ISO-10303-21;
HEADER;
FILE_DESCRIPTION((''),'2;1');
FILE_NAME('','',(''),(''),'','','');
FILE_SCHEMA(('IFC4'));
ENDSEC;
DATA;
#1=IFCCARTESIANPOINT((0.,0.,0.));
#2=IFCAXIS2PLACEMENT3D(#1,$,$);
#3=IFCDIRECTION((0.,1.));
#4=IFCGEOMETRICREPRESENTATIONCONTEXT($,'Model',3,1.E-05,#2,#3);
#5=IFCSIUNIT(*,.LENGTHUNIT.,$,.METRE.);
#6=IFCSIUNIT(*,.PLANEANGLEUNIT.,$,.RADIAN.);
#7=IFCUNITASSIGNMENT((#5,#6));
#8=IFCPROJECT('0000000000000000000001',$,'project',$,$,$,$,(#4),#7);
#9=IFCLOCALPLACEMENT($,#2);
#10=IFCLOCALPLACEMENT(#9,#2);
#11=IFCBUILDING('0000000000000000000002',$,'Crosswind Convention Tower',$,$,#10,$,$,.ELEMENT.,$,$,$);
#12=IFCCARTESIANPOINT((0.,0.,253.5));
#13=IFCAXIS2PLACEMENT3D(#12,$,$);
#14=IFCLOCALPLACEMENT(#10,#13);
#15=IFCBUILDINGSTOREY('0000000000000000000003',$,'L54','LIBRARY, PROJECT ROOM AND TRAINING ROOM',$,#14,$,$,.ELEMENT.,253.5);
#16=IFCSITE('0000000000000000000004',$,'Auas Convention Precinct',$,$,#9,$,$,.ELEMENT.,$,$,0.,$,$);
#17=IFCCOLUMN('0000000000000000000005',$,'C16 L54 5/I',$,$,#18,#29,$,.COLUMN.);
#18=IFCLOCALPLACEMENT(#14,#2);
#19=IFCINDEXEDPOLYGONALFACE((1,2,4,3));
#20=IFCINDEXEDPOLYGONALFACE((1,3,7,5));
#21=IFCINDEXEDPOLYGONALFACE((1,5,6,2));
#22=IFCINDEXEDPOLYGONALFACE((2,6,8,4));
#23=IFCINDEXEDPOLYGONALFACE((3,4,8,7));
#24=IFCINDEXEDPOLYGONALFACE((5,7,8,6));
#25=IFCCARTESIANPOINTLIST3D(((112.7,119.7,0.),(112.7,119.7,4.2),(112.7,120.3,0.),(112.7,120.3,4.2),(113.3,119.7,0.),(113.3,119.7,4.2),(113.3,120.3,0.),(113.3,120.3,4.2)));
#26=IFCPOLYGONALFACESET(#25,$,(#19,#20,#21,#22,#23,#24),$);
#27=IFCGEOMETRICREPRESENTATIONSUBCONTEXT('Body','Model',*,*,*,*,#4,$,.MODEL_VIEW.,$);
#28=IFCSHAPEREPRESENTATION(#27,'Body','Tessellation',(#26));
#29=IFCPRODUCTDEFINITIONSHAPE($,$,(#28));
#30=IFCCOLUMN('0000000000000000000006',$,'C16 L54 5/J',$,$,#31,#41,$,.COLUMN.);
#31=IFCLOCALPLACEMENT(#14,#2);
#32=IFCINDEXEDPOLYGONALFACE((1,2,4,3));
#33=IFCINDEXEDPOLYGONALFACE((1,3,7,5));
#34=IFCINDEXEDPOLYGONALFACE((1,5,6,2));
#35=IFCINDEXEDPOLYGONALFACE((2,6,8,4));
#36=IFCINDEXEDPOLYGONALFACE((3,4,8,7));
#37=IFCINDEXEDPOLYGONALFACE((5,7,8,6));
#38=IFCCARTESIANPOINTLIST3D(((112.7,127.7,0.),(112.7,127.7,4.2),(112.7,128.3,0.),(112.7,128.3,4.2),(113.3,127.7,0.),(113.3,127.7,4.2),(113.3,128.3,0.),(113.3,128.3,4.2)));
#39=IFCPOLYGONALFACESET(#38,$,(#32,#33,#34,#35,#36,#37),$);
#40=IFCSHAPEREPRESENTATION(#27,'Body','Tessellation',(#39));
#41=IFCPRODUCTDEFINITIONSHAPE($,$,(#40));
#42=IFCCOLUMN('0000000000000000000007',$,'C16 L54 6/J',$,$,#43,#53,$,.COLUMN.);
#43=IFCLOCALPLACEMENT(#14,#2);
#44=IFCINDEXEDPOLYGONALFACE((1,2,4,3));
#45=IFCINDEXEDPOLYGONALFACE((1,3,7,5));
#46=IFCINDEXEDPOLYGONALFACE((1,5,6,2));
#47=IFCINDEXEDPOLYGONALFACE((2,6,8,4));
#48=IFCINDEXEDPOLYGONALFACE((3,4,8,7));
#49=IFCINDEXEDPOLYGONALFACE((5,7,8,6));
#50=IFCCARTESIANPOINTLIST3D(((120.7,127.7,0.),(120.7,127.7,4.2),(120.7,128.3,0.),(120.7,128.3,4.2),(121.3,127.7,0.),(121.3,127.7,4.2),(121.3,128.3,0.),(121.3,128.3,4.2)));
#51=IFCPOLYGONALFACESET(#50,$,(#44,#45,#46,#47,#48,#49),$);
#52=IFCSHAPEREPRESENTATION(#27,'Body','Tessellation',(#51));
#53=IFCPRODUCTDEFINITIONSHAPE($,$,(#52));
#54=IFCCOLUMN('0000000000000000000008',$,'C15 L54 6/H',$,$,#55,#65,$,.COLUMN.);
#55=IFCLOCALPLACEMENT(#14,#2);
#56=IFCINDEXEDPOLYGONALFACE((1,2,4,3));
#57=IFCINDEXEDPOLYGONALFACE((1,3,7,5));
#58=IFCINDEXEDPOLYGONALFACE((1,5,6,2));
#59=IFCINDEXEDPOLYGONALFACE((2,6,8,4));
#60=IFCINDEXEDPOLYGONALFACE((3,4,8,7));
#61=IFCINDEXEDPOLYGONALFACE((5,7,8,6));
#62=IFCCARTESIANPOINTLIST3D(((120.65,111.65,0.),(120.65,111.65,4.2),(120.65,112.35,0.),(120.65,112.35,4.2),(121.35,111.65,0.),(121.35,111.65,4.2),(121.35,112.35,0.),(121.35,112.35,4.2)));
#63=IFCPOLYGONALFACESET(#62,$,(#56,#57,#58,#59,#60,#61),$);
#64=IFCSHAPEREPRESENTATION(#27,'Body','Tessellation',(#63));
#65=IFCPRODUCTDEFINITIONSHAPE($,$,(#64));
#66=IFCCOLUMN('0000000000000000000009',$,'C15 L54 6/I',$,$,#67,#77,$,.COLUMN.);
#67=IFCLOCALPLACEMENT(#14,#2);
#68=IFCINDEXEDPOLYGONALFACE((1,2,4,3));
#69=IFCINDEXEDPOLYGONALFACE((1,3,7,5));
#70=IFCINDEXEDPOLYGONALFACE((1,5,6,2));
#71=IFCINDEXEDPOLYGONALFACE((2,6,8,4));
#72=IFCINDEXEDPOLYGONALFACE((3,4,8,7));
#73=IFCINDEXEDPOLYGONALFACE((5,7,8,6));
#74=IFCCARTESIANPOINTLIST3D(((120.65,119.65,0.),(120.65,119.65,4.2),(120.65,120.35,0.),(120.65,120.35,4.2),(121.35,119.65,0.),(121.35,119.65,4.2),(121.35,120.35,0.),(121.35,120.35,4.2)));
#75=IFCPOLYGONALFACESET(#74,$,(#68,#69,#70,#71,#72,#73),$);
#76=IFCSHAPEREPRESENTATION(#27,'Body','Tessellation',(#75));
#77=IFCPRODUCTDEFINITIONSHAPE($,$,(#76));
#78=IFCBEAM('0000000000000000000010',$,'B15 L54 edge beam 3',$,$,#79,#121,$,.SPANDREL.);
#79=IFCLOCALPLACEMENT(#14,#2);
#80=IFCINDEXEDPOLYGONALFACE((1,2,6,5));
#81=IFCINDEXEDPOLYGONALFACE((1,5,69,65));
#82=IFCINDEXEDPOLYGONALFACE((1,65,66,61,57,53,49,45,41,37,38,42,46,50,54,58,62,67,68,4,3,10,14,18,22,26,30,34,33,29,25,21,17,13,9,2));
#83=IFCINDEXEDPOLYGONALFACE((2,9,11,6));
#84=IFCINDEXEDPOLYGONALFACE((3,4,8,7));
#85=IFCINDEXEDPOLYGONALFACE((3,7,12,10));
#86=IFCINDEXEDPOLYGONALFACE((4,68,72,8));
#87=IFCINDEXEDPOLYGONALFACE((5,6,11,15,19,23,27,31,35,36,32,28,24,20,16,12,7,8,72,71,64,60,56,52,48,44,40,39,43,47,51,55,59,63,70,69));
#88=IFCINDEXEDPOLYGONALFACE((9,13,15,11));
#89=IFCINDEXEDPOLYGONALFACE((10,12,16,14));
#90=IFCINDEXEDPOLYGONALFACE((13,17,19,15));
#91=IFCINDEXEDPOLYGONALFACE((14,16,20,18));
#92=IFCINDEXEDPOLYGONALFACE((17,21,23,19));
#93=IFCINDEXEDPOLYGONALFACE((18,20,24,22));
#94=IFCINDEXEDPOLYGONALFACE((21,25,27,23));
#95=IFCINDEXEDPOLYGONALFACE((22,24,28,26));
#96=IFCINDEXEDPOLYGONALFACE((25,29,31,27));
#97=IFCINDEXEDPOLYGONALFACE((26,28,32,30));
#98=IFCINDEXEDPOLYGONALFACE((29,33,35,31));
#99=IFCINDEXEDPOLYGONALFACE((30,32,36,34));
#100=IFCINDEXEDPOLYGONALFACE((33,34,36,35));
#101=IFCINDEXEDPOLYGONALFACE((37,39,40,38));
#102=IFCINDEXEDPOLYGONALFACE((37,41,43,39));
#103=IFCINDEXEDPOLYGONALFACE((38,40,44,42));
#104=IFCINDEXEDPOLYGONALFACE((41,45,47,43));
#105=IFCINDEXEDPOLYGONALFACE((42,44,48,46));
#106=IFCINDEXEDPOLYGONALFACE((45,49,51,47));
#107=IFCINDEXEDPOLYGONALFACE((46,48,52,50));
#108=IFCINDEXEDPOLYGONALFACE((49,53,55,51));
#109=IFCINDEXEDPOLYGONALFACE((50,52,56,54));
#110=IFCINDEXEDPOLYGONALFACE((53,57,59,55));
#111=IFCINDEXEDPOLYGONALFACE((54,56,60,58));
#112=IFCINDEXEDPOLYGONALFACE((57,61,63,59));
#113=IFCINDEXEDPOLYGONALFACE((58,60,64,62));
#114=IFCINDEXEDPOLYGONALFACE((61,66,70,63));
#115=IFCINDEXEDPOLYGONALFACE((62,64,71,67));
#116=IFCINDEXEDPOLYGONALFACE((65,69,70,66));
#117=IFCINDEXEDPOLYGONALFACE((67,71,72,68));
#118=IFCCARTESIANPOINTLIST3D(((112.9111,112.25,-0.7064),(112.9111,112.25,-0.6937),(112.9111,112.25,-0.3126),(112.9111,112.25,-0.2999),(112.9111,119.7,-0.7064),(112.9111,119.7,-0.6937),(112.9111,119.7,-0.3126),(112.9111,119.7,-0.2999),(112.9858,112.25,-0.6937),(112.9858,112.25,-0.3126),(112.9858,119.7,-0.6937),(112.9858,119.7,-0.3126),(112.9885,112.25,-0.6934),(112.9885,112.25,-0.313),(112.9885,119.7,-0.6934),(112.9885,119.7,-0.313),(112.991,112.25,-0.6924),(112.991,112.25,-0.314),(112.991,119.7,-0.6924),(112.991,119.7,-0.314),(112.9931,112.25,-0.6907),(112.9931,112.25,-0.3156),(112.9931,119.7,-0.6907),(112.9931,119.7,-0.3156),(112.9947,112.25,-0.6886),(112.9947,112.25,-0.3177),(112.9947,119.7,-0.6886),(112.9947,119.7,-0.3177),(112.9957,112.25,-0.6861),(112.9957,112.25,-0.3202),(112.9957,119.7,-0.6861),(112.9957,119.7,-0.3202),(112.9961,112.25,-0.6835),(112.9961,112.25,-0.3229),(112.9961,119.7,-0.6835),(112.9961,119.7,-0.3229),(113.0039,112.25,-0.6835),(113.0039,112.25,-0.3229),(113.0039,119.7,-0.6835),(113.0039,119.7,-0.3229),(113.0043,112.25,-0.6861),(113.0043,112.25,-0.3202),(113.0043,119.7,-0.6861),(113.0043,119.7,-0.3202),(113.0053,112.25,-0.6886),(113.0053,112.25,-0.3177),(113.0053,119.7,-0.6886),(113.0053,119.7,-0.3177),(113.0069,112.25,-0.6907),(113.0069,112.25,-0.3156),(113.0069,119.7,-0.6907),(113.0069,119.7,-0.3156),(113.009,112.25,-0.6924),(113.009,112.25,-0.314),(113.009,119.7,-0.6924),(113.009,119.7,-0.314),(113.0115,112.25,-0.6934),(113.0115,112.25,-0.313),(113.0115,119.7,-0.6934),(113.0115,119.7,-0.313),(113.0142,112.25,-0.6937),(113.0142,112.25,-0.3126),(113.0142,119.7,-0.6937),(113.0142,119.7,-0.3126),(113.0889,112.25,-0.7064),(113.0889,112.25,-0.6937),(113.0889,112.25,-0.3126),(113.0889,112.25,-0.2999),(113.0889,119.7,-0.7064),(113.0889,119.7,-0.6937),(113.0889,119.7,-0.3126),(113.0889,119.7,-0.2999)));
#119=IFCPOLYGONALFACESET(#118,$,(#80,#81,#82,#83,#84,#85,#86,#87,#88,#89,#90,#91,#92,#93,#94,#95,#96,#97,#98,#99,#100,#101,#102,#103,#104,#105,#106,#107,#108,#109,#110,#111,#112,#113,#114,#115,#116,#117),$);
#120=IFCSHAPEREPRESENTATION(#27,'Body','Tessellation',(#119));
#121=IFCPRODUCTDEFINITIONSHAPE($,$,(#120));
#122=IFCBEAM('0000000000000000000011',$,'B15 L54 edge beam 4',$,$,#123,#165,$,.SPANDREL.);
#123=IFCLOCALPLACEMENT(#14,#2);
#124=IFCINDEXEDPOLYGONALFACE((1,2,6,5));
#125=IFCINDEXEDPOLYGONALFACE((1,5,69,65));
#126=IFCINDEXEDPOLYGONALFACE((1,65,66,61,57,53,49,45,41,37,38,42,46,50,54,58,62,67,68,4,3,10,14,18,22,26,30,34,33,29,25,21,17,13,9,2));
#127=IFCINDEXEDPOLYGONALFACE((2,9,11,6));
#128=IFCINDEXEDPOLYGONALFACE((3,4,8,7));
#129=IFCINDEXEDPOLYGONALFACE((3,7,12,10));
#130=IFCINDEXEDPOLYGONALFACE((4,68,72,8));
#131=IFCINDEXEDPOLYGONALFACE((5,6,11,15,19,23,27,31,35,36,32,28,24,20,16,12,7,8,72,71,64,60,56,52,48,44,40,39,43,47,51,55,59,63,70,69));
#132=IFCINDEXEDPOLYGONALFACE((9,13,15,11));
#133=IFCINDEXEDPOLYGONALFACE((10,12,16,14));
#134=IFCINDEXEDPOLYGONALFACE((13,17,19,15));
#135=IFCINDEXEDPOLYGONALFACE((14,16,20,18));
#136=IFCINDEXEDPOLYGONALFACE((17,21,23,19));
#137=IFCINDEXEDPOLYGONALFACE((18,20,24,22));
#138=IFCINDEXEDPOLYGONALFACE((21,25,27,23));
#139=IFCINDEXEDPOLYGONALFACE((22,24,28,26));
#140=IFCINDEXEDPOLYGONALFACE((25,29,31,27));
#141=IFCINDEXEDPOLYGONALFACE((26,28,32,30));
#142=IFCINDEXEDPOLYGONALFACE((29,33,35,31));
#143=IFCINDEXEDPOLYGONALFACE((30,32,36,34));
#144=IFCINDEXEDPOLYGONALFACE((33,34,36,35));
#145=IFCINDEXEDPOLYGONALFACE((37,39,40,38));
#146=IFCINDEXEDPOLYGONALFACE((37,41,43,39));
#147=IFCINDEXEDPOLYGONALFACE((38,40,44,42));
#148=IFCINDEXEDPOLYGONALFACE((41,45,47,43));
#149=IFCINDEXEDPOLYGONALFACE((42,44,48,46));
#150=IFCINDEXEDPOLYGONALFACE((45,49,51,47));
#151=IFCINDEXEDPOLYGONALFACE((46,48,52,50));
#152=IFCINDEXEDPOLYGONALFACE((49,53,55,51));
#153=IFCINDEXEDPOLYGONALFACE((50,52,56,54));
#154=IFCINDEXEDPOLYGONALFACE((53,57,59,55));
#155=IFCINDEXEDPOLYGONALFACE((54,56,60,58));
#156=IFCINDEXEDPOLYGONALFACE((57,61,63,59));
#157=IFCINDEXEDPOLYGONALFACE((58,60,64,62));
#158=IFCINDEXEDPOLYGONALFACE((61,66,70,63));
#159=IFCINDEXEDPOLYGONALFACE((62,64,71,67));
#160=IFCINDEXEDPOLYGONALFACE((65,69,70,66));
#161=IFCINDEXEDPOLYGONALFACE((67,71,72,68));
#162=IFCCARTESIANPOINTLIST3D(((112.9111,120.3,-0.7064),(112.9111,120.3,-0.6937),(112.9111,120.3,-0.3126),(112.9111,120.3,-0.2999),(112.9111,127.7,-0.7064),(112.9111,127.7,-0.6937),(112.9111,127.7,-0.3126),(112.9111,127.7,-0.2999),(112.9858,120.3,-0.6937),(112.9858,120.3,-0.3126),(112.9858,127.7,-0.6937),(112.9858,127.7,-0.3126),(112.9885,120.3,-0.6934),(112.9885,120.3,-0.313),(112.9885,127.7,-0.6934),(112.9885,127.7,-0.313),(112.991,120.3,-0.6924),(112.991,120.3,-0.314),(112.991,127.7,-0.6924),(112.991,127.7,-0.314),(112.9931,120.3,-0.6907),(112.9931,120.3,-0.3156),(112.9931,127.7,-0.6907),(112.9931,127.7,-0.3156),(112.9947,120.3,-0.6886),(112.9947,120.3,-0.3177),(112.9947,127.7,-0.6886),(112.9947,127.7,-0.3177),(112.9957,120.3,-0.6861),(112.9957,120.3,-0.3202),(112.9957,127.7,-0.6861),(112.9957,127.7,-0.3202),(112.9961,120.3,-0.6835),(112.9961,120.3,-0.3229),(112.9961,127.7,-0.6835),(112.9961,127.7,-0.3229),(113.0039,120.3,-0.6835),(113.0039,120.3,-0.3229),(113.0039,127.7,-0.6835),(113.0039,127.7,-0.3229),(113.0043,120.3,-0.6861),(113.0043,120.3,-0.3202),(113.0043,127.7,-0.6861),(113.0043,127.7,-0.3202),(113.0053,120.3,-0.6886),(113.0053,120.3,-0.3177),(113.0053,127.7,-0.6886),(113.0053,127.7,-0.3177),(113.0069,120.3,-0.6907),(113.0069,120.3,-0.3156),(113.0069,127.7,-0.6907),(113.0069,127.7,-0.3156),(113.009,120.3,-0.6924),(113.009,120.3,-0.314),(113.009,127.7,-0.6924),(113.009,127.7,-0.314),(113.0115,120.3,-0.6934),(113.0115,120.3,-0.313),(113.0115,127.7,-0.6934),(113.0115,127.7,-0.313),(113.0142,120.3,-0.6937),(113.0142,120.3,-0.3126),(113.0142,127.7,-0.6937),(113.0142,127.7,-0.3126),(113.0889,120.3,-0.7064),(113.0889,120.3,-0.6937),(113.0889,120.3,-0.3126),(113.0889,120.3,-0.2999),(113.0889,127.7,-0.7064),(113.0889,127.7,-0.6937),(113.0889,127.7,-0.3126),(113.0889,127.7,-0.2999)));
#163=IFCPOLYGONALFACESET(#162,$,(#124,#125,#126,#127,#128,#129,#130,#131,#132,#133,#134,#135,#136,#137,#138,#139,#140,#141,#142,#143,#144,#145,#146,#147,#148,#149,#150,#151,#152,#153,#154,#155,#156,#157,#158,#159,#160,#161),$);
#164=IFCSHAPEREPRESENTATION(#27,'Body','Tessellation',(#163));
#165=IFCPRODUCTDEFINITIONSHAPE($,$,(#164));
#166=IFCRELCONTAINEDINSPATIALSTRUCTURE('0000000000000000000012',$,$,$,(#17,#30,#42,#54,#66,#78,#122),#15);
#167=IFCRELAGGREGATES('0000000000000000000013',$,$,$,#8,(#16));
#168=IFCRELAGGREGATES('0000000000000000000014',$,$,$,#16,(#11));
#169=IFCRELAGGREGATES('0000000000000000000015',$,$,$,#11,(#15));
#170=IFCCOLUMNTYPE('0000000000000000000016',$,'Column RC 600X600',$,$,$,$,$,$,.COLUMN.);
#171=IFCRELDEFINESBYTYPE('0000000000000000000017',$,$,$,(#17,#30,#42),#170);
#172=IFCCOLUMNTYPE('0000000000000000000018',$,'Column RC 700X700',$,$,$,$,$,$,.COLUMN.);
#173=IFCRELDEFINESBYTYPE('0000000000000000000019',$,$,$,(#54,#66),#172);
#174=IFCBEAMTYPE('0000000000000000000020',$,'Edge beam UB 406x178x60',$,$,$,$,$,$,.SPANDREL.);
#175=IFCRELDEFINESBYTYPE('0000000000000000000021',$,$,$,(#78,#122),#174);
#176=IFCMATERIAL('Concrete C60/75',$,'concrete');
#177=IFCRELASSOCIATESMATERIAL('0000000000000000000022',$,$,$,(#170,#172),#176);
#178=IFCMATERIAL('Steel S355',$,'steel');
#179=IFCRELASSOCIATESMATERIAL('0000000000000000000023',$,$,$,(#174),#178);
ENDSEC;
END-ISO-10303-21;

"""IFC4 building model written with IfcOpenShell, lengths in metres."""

from ifc_helpers import new_model, si_unit, direction, frame, origin, origin_2d, place, context, subcontext, project, spatial, rectangle, i_section, extrude, material, material_profile, profile_set, type_object, element, save


model = new_model("IFC4")

# Units and contexts
model_context = context("Model", 3, precision=1e-05, world=origin(), true_north=direction((0.0, 1.0)))
body_context = subcontext(model_context, "Body", "Model", "MODEL_VIEW")
ifc_project = project(units=[si_unit("LENGTHUNIT", "METRE"), si_unit("PLANEANGLEUNIT", "RADIAN")], contexts=[model_context])

# Site, building, storey
site_placement = place(None, origin())
site = spatial("IfcSite", under=ifc_project, at=site_placement, Name="Auas Convention Precinct", CompositionType="ELEMENT", RefElevation=0.0)
building_placement = place(site_placement, origin())
building = spatial("IfcBuilding", under=site, at=building_placement, Name="Crosswind Convention Tower", CompositionType="ELEMENT")
storey_placement = place(building_placement, frame((0.0, 0.0, 253.5)))
storey = spatial("IfcBuildingStorey", under=building, at=storey_placement, Name="L54", Description="LIBRARY, PROJECT ROOM AND TRAINING ROOM", CompositionType="ELEMENT", Elevation=253.5)

# Columns
ifc_material_1 = material(Name="Concrete C60/75", Category="concrete")
ifc_material_profile_1 = material_profile(ifc_material_1, rectangle(XDim=0.6001, YDim=0.6001, at=origin_2d()), Name="RC 600X600")
ifc_profile_set_1 = profile_set([ifc_material_profile_1], Name="Concrete C60/75")
column_type_1 = type_object("IfcColumnType", Name="Column RC 600X600", PredefinedType="COLUMN", material=ifc_profile_set_1)
for number, where, z_axis, x_axis, name in (
    (1, (113.0, 120.0, 0.0), (0.0, 0.0, 1.0), (1.0, 0.0, 0.0), "C16 L54 5/I"),
    (2, (113.0, 128.0, 0.0), (0.0, 0.0, 1.0), (1.0, 0.0, 0.0), "C16 L54 5/J"),
    (3, (121.0, 128.0, 0.0), (0.0, 0.0, 1.0), (1.0, 0.0, 0.0), "C16 L54 6/J"),
):
    element("IfcColumn", number, at=place(storey_placement, frame(where, z_axis=z_axis, x_axis=x_axis)), inside=storey, type_object=column_type_1, Name=name, PredefinedType="COLUMN", context=body_context, shape_type="SweptSolid", body=[
        extrude(rectangle(XDim=0.6001, YDim=0.6001, at=origin_2d()), origin(), (0.0, 0.0, 1.0), 4.2),
    ])
ifc_material_profile_2 = material_profile(ifc_material_1, rectangle(XDim=0.7, YDim=0.7, at=origin_2d()), Name="RC 700X700")
ifc_profile_set_2 = profile_set([ifc_material_profile_2], Name="Concrete C60/75")
column_type_2 = type_object("IfcColumnType", Name="Column RC 700X700", PredefinedType="COLUMN", material=ifc_profile_set_2)
for number, where, z_axis, x_axis, name in (
    (4, (121.0, 112.0, 0.0), (0.0, 0.0, 1.0), (1.0, 0.0, 0.0), "C15 L54 6/H"),
    (5, (121.0, 120.0, 0.0), (0.0, 0.0, 1.0), (1.0, 0.0, 0.0), "C15 L54 6/I"),
):
    element("IfcColumn", number, at=place(storey_placement, frame(where, z_axis=z_axis, x_axis=x_axis)), inside=storey, type_object=column_type_2, Name=name, PredefinedType="COLUMN", context=body_context, shape_type="SweptSolid", body=[
        extrude(rectangle(XDim=0.7, YDim=0.7, at=origin_2d()), origin(), (0.0, 0.0, 1.0), 4.2),
    ])

# Beams
ifc_material_2 = material(Name="Steel S355", Category="steel")
ifc_material_profile_3 = material_profile(ifc_material_2, i_section(OverallWidth=0.1777, OverallDepth=0.4065, WebThickness=0.0078, FlangeThickness=0.0127, FilletRadius=0.0103, at=origin_2d()), Name="UB 406x178x60")
ifc_profile_set_3 = profile_set([ifc_material_profile_3], Name="Steel S355")
beam_type_1 = type_object("IfcBeamType", Name="Edge beam UB 406x178x60", PredefinedType="SPANDREL", material=ifc_profile_set_3)
beam_1_placement = place(storey_placement, frame((113.0, 112.25, -0.5032), z_axis=(0.0, 1.0, 0.0), x_axis=(-1.0, 0.0, 0.0)))
element("IfcBeam", 6, at=beam_1_placement, inside=storey, type_object=beam_type_1, Name="B15 L54 edge beam 3", PredefinedType="SPANDREL", context=body_context, shape_type="SweptSolid", body=[
    extrude(i_section(OverallWidth=0.1777, OverallDepth=0.4065, WebThickness=0.0078, FlangeThickness=0.0127, FilletRadius=0.0103, at=origin_2d()), origin(), (0.0, 0.0, 1.0), 7.45),
])
for number, where, z_axis, x_axis, name in (
    (7, (113.0, 120.3, -0.5032), (0.0, 1.0, 0.0), (-1.0, 0.0, 0.0), "B15 L54 edge beam 4"),
):
    element("IfcBeam", number, at=place(storey_placement, frame(where, z_axis=z_axis, x_axis=x_axis)), inside=storey, type_object=beam_type_1, Name=name, PredefinedType="SPANDREL", context=body_context, shape_type="SweptSolid", body=[
        extrude(i_section(OverallWidth=0.1777, OverallDepth=0.4065, WebThickness=0.0078, FlangeThickness=0.0127, FilletRadius=0.0103, at=origin_2d()), origin(), (0.0, 0.0, 1.0), 7.3999),
    ])

save(model, "model.ifc")
